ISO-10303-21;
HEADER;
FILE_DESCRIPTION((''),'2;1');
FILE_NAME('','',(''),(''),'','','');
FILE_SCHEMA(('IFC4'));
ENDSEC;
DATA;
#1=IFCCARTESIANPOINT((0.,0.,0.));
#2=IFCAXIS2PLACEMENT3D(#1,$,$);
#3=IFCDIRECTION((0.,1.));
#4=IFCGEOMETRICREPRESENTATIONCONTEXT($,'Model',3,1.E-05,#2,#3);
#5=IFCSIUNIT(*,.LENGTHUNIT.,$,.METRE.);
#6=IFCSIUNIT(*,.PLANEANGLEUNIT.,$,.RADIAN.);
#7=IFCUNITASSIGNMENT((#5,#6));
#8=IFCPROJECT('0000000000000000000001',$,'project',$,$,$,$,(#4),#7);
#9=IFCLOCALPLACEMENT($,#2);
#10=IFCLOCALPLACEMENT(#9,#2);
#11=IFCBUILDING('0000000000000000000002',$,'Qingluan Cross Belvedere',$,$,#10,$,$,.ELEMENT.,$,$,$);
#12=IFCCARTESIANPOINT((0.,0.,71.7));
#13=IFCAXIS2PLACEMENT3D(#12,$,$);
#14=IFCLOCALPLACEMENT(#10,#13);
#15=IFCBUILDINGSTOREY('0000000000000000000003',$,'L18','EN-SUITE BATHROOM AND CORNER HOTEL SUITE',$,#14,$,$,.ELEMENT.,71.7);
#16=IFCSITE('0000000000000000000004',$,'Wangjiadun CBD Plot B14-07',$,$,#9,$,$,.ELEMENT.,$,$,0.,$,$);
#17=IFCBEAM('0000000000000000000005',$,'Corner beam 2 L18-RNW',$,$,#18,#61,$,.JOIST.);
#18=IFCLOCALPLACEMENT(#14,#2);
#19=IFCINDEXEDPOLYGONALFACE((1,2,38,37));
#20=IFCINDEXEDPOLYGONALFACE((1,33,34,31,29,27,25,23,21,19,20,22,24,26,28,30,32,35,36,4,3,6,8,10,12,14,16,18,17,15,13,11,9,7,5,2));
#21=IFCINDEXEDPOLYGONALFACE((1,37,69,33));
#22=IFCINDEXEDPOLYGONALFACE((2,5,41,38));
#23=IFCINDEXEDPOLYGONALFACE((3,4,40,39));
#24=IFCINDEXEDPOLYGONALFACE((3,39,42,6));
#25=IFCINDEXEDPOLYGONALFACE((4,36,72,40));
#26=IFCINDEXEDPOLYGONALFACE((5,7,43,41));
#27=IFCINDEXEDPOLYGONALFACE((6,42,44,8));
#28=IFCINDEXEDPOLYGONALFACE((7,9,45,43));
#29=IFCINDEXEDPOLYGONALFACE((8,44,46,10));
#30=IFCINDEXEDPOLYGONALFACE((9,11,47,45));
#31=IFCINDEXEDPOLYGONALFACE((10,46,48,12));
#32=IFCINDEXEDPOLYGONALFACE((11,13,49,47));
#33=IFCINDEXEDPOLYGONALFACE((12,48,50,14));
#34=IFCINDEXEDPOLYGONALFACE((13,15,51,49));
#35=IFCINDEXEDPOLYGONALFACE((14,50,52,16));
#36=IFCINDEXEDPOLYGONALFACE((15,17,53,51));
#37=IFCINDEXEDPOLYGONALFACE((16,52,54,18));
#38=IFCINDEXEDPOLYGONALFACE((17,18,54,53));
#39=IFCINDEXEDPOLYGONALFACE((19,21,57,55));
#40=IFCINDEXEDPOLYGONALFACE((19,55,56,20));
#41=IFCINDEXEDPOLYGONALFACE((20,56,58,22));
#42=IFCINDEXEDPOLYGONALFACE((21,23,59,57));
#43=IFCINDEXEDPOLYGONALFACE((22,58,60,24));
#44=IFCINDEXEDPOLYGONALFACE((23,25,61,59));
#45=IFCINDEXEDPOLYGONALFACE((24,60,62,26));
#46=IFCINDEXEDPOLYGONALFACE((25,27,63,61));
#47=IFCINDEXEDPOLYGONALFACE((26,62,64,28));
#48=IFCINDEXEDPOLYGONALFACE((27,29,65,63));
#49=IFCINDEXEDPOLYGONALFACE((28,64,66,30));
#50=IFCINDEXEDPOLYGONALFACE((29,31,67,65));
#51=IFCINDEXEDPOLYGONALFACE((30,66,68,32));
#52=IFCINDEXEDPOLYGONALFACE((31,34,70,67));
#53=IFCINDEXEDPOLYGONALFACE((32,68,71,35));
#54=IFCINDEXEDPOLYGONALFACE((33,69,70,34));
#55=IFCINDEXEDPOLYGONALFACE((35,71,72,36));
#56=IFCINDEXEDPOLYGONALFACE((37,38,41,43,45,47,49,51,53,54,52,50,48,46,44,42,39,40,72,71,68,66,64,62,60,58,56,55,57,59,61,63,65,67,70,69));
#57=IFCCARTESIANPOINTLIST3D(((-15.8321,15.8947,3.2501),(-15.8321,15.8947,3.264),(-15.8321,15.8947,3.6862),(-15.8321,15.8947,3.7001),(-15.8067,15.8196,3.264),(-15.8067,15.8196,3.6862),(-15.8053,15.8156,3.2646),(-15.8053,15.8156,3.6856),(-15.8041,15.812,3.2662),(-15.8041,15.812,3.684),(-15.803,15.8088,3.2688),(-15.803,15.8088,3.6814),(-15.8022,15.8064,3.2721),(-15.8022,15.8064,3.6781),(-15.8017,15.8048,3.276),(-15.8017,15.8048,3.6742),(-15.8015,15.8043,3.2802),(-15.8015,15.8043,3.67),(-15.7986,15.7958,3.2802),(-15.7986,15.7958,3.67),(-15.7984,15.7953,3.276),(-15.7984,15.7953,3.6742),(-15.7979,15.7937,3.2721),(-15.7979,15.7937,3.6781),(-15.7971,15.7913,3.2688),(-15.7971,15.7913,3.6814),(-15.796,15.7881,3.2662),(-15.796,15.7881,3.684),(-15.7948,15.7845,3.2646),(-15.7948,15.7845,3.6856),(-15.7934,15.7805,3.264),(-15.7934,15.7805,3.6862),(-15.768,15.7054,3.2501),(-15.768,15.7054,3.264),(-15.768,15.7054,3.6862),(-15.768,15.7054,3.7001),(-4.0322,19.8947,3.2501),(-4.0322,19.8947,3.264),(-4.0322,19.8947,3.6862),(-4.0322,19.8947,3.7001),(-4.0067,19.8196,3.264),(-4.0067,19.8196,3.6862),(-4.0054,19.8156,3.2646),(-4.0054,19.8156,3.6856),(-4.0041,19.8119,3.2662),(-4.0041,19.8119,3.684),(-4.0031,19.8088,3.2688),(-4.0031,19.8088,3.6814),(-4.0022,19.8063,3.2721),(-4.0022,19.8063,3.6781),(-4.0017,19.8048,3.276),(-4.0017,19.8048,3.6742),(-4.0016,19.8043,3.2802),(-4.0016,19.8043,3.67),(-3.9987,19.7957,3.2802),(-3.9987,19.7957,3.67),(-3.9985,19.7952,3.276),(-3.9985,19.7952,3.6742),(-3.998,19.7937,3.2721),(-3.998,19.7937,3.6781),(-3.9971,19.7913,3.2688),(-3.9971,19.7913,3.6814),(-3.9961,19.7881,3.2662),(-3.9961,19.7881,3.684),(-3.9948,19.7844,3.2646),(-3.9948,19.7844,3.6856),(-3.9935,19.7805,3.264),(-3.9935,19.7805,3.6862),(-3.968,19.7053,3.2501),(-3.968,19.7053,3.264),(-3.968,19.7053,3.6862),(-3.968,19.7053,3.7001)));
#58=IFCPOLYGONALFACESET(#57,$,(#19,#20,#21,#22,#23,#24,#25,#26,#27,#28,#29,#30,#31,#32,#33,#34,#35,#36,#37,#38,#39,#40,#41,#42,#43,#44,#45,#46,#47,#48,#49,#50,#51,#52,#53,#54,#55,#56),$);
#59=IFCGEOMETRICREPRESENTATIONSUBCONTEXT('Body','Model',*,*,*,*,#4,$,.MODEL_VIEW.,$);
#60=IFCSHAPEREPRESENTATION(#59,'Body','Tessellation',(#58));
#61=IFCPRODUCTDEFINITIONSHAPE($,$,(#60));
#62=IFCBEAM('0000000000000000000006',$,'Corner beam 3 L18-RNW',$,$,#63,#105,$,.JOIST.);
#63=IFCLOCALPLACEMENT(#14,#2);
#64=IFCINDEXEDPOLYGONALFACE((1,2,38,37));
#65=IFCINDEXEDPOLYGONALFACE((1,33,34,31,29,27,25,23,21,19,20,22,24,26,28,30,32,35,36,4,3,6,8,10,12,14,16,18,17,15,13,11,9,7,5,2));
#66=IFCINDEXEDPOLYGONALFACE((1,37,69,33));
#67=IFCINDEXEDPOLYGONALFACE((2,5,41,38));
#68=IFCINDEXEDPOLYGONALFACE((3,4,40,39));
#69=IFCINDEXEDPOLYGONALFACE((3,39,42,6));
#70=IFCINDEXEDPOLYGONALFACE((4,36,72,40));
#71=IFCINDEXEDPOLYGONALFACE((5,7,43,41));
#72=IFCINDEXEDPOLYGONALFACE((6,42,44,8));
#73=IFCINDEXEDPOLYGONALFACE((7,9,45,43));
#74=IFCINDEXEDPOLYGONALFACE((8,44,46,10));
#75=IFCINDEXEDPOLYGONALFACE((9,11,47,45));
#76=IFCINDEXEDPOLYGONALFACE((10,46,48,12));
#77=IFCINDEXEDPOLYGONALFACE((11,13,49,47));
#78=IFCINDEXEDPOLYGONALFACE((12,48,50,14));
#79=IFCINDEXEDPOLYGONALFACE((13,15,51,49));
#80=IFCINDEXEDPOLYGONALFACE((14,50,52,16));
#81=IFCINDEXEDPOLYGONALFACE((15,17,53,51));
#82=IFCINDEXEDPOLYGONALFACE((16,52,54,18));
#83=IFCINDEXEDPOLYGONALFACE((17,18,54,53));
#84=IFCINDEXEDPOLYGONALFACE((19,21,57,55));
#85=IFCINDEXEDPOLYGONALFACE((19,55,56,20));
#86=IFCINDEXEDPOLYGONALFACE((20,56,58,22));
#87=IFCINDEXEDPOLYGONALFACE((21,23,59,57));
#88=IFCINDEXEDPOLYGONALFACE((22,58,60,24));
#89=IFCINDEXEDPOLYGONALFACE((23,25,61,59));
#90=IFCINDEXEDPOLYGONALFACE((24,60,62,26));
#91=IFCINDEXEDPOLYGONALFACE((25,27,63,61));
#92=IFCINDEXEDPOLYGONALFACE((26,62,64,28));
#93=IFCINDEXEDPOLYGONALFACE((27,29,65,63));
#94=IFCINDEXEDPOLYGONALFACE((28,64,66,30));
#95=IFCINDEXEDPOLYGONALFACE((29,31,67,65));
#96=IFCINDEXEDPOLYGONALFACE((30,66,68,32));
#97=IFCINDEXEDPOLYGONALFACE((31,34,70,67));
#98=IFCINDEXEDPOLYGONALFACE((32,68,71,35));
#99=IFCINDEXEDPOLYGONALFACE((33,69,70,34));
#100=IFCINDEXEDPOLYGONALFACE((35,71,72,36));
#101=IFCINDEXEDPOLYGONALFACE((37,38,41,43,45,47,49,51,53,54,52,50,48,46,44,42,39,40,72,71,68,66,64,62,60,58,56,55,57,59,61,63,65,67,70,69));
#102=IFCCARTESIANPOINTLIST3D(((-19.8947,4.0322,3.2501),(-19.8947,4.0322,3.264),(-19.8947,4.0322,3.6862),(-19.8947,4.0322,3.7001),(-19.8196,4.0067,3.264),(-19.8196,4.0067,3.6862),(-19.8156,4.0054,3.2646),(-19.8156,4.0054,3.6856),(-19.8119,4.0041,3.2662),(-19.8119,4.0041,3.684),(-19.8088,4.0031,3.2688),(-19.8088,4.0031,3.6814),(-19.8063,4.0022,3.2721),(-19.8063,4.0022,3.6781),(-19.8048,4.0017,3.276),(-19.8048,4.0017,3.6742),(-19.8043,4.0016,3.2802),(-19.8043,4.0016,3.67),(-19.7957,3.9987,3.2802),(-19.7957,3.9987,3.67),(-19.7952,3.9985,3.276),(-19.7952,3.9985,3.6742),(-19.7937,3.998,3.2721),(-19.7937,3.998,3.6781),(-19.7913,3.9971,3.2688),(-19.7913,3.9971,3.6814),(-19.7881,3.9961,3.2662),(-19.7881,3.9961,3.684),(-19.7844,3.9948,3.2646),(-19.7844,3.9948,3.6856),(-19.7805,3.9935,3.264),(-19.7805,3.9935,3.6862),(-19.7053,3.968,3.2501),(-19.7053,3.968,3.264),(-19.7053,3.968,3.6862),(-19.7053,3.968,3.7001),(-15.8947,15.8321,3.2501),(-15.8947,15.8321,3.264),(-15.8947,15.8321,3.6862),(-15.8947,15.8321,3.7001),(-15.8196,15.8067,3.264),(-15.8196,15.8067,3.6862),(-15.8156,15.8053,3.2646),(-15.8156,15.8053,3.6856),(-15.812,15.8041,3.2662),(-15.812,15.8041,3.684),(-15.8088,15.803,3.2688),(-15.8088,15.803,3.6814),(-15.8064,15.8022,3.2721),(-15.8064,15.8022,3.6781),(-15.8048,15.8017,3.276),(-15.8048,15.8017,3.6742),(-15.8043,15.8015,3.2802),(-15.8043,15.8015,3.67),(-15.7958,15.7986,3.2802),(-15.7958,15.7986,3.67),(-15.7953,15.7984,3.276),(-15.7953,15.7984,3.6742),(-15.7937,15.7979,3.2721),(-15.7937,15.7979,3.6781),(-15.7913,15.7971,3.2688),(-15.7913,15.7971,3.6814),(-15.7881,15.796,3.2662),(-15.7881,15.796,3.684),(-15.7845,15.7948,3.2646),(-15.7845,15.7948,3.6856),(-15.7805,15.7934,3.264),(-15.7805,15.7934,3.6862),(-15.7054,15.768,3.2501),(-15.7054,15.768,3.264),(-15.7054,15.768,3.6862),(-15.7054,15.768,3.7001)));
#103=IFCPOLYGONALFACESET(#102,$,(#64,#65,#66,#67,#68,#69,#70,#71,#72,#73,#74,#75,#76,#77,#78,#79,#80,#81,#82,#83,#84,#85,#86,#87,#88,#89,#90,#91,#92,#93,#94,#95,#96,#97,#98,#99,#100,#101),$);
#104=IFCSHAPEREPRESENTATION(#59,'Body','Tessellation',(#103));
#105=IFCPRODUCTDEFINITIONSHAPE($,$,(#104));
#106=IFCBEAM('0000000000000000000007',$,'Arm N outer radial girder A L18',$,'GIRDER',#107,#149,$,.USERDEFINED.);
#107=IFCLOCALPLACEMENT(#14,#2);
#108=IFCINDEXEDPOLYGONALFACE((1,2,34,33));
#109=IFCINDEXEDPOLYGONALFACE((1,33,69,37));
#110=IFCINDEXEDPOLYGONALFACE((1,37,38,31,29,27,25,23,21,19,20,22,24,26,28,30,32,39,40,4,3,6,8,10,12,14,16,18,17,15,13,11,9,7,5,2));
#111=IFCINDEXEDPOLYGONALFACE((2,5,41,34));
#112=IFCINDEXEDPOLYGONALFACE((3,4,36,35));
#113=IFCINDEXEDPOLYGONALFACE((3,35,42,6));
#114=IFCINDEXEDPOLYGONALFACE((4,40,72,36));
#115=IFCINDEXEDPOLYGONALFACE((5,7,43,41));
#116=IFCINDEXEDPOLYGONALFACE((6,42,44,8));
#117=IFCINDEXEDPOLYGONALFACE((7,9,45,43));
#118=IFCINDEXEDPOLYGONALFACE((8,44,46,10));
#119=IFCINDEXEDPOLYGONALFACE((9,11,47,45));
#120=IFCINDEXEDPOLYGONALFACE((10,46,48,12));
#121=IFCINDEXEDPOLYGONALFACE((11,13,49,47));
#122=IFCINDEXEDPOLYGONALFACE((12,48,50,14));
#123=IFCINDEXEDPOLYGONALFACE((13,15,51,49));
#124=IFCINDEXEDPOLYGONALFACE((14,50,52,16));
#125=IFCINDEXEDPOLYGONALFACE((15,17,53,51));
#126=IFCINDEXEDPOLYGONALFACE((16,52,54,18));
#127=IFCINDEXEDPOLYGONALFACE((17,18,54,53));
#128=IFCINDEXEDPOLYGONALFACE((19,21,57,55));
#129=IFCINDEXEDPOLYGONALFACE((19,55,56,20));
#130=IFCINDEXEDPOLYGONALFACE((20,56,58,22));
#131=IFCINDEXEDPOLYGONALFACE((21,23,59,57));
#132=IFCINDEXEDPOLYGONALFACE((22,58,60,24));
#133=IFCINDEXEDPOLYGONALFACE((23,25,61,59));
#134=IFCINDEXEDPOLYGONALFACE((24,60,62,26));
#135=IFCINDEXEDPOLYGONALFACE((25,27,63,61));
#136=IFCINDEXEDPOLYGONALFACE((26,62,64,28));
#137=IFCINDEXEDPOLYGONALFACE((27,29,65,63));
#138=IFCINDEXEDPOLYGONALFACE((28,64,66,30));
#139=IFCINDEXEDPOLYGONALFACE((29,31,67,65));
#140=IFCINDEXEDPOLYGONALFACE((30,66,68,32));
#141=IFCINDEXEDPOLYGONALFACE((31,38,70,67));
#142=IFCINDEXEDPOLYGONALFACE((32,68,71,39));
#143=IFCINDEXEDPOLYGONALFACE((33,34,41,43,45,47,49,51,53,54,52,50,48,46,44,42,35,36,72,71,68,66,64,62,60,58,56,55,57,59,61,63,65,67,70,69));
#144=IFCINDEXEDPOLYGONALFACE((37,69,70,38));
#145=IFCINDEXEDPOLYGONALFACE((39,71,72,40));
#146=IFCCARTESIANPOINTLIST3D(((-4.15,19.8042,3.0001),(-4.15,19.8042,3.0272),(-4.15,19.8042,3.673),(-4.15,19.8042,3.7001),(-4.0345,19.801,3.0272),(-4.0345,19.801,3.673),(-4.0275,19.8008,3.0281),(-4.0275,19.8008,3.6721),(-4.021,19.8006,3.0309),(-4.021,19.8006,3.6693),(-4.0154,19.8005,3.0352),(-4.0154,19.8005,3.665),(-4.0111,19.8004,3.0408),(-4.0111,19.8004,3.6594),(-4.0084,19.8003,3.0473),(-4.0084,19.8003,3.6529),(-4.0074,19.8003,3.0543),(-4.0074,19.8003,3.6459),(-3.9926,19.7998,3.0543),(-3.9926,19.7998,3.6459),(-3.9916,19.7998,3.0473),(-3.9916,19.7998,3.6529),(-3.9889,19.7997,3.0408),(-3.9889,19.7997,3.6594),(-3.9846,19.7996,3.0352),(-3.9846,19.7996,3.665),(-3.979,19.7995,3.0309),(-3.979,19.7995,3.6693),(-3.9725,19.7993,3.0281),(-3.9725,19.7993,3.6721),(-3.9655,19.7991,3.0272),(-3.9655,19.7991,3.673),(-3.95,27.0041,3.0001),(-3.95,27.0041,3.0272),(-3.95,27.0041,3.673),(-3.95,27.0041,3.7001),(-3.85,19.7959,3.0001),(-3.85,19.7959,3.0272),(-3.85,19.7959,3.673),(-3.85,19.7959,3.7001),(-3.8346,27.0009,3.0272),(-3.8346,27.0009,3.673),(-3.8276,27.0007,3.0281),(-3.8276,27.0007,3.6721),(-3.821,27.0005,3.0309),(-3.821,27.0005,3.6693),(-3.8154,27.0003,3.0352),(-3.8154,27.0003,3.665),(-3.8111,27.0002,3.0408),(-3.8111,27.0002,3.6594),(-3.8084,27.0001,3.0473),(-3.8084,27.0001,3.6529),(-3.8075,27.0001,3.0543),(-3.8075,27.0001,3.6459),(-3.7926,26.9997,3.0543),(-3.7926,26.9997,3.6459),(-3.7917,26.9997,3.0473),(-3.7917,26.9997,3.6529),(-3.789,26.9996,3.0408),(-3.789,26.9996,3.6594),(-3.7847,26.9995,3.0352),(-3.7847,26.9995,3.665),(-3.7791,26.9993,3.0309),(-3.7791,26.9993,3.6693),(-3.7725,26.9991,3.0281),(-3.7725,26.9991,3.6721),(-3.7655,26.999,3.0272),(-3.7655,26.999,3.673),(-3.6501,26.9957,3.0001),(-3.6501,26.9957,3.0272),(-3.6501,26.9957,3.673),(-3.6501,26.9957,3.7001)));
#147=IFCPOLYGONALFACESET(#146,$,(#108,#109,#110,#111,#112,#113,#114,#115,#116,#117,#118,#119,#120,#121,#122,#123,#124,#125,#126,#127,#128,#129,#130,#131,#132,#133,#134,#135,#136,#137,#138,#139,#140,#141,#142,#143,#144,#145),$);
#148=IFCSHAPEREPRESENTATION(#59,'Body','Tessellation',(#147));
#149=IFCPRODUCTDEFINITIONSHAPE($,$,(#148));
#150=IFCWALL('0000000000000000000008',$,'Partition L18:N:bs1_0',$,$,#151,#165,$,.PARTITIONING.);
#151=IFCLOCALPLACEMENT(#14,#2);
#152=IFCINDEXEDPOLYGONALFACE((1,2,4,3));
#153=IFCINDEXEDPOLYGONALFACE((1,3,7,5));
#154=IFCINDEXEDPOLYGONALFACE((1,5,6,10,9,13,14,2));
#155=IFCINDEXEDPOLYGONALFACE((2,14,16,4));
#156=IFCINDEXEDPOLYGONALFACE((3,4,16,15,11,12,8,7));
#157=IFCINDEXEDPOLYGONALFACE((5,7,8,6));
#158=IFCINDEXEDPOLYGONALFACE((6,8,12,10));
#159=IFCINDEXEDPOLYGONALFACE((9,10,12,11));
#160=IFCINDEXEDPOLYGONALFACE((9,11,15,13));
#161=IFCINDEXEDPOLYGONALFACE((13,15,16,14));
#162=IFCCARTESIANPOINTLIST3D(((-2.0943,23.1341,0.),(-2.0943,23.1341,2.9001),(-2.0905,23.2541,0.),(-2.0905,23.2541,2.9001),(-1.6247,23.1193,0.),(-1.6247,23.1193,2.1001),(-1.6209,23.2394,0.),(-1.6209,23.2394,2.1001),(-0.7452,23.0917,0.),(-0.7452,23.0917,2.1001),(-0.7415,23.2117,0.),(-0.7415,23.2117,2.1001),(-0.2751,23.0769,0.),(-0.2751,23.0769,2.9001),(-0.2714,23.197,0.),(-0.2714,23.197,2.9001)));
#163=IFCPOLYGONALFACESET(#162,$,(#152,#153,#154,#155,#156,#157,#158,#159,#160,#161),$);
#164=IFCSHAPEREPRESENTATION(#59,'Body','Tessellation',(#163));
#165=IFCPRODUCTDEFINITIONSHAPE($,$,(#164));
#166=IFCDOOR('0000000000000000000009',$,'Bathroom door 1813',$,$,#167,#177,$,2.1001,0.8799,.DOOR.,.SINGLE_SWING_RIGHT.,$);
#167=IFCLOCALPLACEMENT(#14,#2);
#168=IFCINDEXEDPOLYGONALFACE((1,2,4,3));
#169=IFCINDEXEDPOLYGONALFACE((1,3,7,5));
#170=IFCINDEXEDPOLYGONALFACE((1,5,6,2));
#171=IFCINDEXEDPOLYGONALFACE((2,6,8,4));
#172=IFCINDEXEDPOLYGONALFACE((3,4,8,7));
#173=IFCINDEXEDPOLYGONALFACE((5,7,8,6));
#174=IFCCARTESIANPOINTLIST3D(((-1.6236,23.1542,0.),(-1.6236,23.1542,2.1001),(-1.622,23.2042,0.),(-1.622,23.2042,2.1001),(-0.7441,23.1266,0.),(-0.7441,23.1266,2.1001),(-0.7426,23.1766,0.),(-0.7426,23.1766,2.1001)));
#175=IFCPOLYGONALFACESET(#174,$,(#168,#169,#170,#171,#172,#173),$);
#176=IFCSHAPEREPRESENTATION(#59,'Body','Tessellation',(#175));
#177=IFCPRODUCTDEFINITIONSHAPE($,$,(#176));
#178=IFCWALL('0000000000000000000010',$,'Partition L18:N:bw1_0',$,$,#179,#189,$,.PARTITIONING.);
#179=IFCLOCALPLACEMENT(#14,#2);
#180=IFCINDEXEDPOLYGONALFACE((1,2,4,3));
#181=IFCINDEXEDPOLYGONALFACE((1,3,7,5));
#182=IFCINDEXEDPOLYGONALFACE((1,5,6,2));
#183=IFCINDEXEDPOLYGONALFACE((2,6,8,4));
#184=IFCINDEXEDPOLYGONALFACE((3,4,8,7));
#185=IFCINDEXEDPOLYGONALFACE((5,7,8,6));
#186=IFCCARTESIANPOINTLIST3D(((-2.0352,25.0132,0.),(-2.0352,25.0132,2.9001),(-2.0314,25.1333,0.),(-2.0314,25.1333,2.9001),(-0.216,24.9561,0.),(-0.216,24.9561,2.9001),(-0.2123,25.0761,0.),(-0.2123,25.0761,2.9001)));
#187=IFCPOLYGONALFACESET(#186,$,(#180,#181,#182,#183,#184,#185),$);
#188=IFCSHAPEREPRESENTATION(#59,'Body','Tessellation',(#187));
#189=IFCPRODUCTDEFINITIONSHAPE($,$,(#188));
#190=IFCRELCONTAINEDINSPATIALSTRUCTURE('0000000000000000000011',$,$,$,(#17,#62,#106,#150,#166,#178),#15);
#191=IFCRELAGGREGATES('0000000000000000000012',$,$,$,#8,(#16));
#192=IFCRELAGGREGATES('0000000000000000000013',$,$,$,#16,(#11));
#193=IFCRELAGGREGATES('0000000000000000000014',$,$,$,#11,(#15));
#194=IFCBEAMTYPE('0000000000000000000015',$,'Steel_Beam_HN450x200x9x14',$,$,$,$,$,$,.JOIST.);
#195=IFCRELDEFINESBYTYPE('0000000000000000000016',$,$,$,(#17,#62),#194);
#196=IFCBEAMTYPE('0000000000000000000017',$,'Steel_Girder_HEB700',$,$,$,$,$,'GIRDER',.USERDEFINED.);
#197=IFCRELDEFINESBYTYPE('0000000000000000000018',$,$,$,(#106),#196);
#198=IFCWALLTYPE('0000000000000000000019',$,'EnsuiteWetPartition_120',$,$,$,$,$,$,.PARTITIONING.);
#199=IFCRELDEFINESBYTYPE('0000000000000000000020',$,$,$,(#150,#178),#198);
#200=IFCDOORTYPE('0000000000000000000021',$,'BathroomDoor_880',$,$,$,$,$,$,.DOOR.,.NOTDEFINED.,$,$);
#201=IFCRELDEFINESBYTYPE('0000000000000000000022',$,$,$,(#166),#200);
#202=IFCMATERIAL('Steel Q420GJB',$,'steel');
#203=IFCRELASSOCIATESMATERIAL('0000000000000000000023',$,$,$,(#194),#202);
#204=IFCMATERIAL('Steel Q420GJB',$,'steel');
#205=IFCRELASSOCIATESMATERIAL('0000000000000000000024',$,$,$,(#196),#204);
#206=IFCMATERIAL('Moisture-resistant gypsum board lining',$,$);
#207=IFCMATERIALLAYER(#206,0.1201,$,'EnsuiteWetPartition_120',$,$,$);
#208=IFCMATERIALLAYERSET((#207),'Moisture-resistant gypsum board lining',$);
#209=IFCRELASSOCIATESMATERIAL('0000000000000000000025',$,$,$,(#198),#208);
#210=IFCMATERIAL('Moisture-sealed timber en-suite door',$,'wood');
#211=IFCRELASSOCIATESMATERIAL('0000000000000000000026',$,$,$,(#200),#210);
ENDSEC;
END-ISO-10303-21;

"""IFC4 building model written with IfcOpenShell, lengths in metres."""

from ifc_helpers import new_model, si_unit, direction, frame, frame_2d, origin, origin_2d, place, context, subcontext, project, spatial, rectangle, i_section, extrude, material, layer, layer_set, material_profile, profile_set, type_object, element, fill, save


model = new_model("IFC4")

# Units and contexts
model_context = context("Model", 3, precision=1e-05, world=origin(), true_north=direction((0.0, 1.0)))
body_context = subcontext(model_context, "Body", "Model", "MODEL_VIEW")
ifc_project = project(units=[si_unit("LENGTHUNIT", "METRE"), si_unit("PLANEANGLEUNIT", "RADIAN")], contexts=[model_context])

# Site, building, storey
site_placement = place(None, origin())
site = spatial("IfcSite", under=ifc_project, at=site_placement, Name="Wangjiadun CBD Plot B14-07", CompositionType="ELEMENT", RefElevation=0.0)
building_placement = place(site_placement, origin())
building = spatial("IfcBuilding", under=site, at=building_placement, Name="Qingluan Cross Belvedere", CompositionType="ELEMENT")
storey_placement = place(building_placement, frame((0.0, 0.0, 71.7)))
storey = spatial("IfcBuildingStorey", under=building, at=storey_placement, Name="L18", Description="EN-SUITE BATHROOM AND CORNER HOTEL SUITE", CompositionType="ELEMENT", Elevation=71.7)

# Beams
ifc_material_1 = material(Name="Steel Q420GJB", Category="steel")
ifc_material_profile_1 = material_profile(ifc_material_1, i_section(OverallWidth=0.2, OverallDepth=0.45, WebThickness=0.009, FlangeThickness=0.0139, FilletRadius=0.0161, at=origin_2d()), Name="HN450x200x9x14")
ifc_profile_set_1 = profile_set([ifc_material_profile_1], Name="Steel Q420GJB")
beam_type_1 = type_object("IfcBeamType", Name="Steel_Beam_HN450x200x9x14", PredefinedType="JOIST", material=ifc_profile_set_1)
for number, where, z_axis, x_axis, name in (
    (1, (-15.8, 15.8, 3.4751), (0.947066, 0.321038, 0.0), (-0.321038, 0.947066, 0.0), "Corner beam 2 L18-RNW"),
    (2, (-15.8, 15.8, 3.4751), (-0.321038, -0.947066, 0.0), (0.947066, -0.321038, 0.0), "Corner beam 3 L18-RNW"),
):
    element("IfcBeam", number, at=place(storey_placement, frame(where, z_axis=z_axis, x_axis=x_axis)), inside=storey, type_object=beam_type_1, Name=name, PredefinedType="JOIST", context=body_context, shape_type="SweptSolid", body=[
        extrude(i_section(OverallWidth=0.2, OverallDepth=0.45, WebThickness=0.009, FlangeThickness=0.0139, FilletRadius=0.0161, at=origin_2d()), origin(), (0.0, 0.0, 1.0), 12.4595),
    ])
ifc_material_2 = material(Name="Steel Q420GJB", Category="steel")
ifc_material_profile_2 = material_profile(ifc_material_2, i_section(OverallWidth=0.3, OverallDepth=0.7, WebThickness=0.0149, FlangeThickness=0.0271, FilletRadius=0.0271, at=origin_2d()), Name="HEB700")
ifc_profile_set_2 = profile_set([ifc_material_profile_2], Name="Steel Q420GJB")
beam_type_2 = type_object("IfcBeamType", Name="Steel_Girder_HEB700", ElementType="GIRDER", PredefinedType="USERDEFINED", material=ifc_profile_set_2)
beam_1_placement = place(storey_placement, frame((-4.0, 19.8, 3.3501), z_axis=(0.02776, 0.999615, 0.0), x_axis=(-0.999615, 0.02776, 0.0)))
element("IfcBeam", 3, at=beam_1_placement, inside=storey, type_object=beam_type_2, Name="Arm N outer radial girder A L18", ObjectType="GIRDER", PredefinedType="USERDEFINED", context=body_context, shape_type="SweptSolid", body=[
    extrude(i_section(OverallWidth=0.3, OverallDepth=0.7, WebThickness=0.0149, FlangeThickness=0.0271, FilletRadius=0.0271, at=origin_2d()), origin(), (0.0, 0.0, 1.0), 7.2026),
])

# Wall, opening, door
ifc_material_3 = material(Name="Moisture-resistant gypsum board lining")
ifc_layer_1 = layer(ifc_material_3, 0.1201, Name="EnsuiteWetPartition_120")
ifc_layer_set_1 = layer_set([ifc_layer_1], Name="Moisture-resistant gypsum board lining")
wall_type_1 = type_object("IfcWallType", Name="EnsuiteWetPartition_120", PredefinedType="PARTITIONING", material=ifc_layer_set_1)
wall_1_placement = place(storey_placement, frame((-2.0925, 23.1941, 0.0), z_axis=(0.0, 0.0, 1.0), x_axis=(0.999507, -0.03139, 0.0)))
wall_1 = element("IfcWall", 4, at=wall_1_placement, inside=storey, type_object=wall_type_1, Name="Partition L18:N:bs1_0", PredefinedType="PARTITIONING", context=body_context, shape_type="SweptSolid", body=[
    extrude(rectangle(XDim=1.8201, YDim=0.1201, at=frame_2d((0.9102, 0.0))), origin(), (0.0, 0.0, 1.0), 2.9001),
])
opening_1_placement = place(wall_1_placement, frame((0.47, 0.0, 0.0)))
opening_1 = element("IfcOpeningElement", 5, at=opening_1_placement, cuts=wall_1, PredefinedType="OPENING", context=body_context, shape_type="SweptSolid", body=[
    extrude(rectangle(XDim=0.8799, YDim=2.1001, at=frame_2d((0.4399, 1.05))), frame((0.0, 0.0701, 0.0), z_axis=(0.0, -1.0, 0.0), x_axis=(1.0, 0.0, 0.0)), (0.0, 0.0, 1.0), 0.1401),
])
ifc_material_4 = material(Name="Moisture-sealed timber en-suite door", Category="wood")
door_type = type_object("IfcDoorType", Name="BathroomDoor_880", OperationType="NOTDEFINED", PredefinedType="DOOR", material=ifc_material_4)
door_1_placement = place(opening_1_placement, origin())
door_1 = element("IfcDoor", 6, at=door_1_placement, inside=storey, type_object=door_type, Name="Bathroom door 1813", OperationType="SINGLE_SWING_RIGHT", OverallHeight=2.1001, OverallWidth=0.8799, PredefinedType="DOOR", context=body_context, shape_type="SweptSolid", body=[
    extrude(rectangle(XDim=0.8799, YDim=2.1001, at=frame_2d((0.4399, 1.05))), frame((0.0, 0.0249, 0.0), z_axis=(0.0, -1.0, 0.0), x_axis=(1.0, 0.0, 0.0)), (0.0, 0.0, 1.0), 0.05),
])
fill(opening_1, door_1)

# Wall
wall_2_placement = place(storey_placement, frame((-2.0334, 25.0732, 0.0), z_axis=(0.0, 0.0, 1.0), x_axis=(0.999507, -0.03139, 0.0)))
element("IfcWall", 7, at=wall_2_placement, inside=storey, type_object=wall_type_1, Name="Partition L18:N:bw1_0", PredefinedType="PARTITIONING", context=body_context, shape_type="SweptSolid", body=[
    extrude(rectangle(XDim=1.8201, YDim=0.1201, at=frame_2d((0.9102, 0.0))), origin(), (0.0, 0.0, 1.0), 2.9001),
])

save(model, "model.ifc")
